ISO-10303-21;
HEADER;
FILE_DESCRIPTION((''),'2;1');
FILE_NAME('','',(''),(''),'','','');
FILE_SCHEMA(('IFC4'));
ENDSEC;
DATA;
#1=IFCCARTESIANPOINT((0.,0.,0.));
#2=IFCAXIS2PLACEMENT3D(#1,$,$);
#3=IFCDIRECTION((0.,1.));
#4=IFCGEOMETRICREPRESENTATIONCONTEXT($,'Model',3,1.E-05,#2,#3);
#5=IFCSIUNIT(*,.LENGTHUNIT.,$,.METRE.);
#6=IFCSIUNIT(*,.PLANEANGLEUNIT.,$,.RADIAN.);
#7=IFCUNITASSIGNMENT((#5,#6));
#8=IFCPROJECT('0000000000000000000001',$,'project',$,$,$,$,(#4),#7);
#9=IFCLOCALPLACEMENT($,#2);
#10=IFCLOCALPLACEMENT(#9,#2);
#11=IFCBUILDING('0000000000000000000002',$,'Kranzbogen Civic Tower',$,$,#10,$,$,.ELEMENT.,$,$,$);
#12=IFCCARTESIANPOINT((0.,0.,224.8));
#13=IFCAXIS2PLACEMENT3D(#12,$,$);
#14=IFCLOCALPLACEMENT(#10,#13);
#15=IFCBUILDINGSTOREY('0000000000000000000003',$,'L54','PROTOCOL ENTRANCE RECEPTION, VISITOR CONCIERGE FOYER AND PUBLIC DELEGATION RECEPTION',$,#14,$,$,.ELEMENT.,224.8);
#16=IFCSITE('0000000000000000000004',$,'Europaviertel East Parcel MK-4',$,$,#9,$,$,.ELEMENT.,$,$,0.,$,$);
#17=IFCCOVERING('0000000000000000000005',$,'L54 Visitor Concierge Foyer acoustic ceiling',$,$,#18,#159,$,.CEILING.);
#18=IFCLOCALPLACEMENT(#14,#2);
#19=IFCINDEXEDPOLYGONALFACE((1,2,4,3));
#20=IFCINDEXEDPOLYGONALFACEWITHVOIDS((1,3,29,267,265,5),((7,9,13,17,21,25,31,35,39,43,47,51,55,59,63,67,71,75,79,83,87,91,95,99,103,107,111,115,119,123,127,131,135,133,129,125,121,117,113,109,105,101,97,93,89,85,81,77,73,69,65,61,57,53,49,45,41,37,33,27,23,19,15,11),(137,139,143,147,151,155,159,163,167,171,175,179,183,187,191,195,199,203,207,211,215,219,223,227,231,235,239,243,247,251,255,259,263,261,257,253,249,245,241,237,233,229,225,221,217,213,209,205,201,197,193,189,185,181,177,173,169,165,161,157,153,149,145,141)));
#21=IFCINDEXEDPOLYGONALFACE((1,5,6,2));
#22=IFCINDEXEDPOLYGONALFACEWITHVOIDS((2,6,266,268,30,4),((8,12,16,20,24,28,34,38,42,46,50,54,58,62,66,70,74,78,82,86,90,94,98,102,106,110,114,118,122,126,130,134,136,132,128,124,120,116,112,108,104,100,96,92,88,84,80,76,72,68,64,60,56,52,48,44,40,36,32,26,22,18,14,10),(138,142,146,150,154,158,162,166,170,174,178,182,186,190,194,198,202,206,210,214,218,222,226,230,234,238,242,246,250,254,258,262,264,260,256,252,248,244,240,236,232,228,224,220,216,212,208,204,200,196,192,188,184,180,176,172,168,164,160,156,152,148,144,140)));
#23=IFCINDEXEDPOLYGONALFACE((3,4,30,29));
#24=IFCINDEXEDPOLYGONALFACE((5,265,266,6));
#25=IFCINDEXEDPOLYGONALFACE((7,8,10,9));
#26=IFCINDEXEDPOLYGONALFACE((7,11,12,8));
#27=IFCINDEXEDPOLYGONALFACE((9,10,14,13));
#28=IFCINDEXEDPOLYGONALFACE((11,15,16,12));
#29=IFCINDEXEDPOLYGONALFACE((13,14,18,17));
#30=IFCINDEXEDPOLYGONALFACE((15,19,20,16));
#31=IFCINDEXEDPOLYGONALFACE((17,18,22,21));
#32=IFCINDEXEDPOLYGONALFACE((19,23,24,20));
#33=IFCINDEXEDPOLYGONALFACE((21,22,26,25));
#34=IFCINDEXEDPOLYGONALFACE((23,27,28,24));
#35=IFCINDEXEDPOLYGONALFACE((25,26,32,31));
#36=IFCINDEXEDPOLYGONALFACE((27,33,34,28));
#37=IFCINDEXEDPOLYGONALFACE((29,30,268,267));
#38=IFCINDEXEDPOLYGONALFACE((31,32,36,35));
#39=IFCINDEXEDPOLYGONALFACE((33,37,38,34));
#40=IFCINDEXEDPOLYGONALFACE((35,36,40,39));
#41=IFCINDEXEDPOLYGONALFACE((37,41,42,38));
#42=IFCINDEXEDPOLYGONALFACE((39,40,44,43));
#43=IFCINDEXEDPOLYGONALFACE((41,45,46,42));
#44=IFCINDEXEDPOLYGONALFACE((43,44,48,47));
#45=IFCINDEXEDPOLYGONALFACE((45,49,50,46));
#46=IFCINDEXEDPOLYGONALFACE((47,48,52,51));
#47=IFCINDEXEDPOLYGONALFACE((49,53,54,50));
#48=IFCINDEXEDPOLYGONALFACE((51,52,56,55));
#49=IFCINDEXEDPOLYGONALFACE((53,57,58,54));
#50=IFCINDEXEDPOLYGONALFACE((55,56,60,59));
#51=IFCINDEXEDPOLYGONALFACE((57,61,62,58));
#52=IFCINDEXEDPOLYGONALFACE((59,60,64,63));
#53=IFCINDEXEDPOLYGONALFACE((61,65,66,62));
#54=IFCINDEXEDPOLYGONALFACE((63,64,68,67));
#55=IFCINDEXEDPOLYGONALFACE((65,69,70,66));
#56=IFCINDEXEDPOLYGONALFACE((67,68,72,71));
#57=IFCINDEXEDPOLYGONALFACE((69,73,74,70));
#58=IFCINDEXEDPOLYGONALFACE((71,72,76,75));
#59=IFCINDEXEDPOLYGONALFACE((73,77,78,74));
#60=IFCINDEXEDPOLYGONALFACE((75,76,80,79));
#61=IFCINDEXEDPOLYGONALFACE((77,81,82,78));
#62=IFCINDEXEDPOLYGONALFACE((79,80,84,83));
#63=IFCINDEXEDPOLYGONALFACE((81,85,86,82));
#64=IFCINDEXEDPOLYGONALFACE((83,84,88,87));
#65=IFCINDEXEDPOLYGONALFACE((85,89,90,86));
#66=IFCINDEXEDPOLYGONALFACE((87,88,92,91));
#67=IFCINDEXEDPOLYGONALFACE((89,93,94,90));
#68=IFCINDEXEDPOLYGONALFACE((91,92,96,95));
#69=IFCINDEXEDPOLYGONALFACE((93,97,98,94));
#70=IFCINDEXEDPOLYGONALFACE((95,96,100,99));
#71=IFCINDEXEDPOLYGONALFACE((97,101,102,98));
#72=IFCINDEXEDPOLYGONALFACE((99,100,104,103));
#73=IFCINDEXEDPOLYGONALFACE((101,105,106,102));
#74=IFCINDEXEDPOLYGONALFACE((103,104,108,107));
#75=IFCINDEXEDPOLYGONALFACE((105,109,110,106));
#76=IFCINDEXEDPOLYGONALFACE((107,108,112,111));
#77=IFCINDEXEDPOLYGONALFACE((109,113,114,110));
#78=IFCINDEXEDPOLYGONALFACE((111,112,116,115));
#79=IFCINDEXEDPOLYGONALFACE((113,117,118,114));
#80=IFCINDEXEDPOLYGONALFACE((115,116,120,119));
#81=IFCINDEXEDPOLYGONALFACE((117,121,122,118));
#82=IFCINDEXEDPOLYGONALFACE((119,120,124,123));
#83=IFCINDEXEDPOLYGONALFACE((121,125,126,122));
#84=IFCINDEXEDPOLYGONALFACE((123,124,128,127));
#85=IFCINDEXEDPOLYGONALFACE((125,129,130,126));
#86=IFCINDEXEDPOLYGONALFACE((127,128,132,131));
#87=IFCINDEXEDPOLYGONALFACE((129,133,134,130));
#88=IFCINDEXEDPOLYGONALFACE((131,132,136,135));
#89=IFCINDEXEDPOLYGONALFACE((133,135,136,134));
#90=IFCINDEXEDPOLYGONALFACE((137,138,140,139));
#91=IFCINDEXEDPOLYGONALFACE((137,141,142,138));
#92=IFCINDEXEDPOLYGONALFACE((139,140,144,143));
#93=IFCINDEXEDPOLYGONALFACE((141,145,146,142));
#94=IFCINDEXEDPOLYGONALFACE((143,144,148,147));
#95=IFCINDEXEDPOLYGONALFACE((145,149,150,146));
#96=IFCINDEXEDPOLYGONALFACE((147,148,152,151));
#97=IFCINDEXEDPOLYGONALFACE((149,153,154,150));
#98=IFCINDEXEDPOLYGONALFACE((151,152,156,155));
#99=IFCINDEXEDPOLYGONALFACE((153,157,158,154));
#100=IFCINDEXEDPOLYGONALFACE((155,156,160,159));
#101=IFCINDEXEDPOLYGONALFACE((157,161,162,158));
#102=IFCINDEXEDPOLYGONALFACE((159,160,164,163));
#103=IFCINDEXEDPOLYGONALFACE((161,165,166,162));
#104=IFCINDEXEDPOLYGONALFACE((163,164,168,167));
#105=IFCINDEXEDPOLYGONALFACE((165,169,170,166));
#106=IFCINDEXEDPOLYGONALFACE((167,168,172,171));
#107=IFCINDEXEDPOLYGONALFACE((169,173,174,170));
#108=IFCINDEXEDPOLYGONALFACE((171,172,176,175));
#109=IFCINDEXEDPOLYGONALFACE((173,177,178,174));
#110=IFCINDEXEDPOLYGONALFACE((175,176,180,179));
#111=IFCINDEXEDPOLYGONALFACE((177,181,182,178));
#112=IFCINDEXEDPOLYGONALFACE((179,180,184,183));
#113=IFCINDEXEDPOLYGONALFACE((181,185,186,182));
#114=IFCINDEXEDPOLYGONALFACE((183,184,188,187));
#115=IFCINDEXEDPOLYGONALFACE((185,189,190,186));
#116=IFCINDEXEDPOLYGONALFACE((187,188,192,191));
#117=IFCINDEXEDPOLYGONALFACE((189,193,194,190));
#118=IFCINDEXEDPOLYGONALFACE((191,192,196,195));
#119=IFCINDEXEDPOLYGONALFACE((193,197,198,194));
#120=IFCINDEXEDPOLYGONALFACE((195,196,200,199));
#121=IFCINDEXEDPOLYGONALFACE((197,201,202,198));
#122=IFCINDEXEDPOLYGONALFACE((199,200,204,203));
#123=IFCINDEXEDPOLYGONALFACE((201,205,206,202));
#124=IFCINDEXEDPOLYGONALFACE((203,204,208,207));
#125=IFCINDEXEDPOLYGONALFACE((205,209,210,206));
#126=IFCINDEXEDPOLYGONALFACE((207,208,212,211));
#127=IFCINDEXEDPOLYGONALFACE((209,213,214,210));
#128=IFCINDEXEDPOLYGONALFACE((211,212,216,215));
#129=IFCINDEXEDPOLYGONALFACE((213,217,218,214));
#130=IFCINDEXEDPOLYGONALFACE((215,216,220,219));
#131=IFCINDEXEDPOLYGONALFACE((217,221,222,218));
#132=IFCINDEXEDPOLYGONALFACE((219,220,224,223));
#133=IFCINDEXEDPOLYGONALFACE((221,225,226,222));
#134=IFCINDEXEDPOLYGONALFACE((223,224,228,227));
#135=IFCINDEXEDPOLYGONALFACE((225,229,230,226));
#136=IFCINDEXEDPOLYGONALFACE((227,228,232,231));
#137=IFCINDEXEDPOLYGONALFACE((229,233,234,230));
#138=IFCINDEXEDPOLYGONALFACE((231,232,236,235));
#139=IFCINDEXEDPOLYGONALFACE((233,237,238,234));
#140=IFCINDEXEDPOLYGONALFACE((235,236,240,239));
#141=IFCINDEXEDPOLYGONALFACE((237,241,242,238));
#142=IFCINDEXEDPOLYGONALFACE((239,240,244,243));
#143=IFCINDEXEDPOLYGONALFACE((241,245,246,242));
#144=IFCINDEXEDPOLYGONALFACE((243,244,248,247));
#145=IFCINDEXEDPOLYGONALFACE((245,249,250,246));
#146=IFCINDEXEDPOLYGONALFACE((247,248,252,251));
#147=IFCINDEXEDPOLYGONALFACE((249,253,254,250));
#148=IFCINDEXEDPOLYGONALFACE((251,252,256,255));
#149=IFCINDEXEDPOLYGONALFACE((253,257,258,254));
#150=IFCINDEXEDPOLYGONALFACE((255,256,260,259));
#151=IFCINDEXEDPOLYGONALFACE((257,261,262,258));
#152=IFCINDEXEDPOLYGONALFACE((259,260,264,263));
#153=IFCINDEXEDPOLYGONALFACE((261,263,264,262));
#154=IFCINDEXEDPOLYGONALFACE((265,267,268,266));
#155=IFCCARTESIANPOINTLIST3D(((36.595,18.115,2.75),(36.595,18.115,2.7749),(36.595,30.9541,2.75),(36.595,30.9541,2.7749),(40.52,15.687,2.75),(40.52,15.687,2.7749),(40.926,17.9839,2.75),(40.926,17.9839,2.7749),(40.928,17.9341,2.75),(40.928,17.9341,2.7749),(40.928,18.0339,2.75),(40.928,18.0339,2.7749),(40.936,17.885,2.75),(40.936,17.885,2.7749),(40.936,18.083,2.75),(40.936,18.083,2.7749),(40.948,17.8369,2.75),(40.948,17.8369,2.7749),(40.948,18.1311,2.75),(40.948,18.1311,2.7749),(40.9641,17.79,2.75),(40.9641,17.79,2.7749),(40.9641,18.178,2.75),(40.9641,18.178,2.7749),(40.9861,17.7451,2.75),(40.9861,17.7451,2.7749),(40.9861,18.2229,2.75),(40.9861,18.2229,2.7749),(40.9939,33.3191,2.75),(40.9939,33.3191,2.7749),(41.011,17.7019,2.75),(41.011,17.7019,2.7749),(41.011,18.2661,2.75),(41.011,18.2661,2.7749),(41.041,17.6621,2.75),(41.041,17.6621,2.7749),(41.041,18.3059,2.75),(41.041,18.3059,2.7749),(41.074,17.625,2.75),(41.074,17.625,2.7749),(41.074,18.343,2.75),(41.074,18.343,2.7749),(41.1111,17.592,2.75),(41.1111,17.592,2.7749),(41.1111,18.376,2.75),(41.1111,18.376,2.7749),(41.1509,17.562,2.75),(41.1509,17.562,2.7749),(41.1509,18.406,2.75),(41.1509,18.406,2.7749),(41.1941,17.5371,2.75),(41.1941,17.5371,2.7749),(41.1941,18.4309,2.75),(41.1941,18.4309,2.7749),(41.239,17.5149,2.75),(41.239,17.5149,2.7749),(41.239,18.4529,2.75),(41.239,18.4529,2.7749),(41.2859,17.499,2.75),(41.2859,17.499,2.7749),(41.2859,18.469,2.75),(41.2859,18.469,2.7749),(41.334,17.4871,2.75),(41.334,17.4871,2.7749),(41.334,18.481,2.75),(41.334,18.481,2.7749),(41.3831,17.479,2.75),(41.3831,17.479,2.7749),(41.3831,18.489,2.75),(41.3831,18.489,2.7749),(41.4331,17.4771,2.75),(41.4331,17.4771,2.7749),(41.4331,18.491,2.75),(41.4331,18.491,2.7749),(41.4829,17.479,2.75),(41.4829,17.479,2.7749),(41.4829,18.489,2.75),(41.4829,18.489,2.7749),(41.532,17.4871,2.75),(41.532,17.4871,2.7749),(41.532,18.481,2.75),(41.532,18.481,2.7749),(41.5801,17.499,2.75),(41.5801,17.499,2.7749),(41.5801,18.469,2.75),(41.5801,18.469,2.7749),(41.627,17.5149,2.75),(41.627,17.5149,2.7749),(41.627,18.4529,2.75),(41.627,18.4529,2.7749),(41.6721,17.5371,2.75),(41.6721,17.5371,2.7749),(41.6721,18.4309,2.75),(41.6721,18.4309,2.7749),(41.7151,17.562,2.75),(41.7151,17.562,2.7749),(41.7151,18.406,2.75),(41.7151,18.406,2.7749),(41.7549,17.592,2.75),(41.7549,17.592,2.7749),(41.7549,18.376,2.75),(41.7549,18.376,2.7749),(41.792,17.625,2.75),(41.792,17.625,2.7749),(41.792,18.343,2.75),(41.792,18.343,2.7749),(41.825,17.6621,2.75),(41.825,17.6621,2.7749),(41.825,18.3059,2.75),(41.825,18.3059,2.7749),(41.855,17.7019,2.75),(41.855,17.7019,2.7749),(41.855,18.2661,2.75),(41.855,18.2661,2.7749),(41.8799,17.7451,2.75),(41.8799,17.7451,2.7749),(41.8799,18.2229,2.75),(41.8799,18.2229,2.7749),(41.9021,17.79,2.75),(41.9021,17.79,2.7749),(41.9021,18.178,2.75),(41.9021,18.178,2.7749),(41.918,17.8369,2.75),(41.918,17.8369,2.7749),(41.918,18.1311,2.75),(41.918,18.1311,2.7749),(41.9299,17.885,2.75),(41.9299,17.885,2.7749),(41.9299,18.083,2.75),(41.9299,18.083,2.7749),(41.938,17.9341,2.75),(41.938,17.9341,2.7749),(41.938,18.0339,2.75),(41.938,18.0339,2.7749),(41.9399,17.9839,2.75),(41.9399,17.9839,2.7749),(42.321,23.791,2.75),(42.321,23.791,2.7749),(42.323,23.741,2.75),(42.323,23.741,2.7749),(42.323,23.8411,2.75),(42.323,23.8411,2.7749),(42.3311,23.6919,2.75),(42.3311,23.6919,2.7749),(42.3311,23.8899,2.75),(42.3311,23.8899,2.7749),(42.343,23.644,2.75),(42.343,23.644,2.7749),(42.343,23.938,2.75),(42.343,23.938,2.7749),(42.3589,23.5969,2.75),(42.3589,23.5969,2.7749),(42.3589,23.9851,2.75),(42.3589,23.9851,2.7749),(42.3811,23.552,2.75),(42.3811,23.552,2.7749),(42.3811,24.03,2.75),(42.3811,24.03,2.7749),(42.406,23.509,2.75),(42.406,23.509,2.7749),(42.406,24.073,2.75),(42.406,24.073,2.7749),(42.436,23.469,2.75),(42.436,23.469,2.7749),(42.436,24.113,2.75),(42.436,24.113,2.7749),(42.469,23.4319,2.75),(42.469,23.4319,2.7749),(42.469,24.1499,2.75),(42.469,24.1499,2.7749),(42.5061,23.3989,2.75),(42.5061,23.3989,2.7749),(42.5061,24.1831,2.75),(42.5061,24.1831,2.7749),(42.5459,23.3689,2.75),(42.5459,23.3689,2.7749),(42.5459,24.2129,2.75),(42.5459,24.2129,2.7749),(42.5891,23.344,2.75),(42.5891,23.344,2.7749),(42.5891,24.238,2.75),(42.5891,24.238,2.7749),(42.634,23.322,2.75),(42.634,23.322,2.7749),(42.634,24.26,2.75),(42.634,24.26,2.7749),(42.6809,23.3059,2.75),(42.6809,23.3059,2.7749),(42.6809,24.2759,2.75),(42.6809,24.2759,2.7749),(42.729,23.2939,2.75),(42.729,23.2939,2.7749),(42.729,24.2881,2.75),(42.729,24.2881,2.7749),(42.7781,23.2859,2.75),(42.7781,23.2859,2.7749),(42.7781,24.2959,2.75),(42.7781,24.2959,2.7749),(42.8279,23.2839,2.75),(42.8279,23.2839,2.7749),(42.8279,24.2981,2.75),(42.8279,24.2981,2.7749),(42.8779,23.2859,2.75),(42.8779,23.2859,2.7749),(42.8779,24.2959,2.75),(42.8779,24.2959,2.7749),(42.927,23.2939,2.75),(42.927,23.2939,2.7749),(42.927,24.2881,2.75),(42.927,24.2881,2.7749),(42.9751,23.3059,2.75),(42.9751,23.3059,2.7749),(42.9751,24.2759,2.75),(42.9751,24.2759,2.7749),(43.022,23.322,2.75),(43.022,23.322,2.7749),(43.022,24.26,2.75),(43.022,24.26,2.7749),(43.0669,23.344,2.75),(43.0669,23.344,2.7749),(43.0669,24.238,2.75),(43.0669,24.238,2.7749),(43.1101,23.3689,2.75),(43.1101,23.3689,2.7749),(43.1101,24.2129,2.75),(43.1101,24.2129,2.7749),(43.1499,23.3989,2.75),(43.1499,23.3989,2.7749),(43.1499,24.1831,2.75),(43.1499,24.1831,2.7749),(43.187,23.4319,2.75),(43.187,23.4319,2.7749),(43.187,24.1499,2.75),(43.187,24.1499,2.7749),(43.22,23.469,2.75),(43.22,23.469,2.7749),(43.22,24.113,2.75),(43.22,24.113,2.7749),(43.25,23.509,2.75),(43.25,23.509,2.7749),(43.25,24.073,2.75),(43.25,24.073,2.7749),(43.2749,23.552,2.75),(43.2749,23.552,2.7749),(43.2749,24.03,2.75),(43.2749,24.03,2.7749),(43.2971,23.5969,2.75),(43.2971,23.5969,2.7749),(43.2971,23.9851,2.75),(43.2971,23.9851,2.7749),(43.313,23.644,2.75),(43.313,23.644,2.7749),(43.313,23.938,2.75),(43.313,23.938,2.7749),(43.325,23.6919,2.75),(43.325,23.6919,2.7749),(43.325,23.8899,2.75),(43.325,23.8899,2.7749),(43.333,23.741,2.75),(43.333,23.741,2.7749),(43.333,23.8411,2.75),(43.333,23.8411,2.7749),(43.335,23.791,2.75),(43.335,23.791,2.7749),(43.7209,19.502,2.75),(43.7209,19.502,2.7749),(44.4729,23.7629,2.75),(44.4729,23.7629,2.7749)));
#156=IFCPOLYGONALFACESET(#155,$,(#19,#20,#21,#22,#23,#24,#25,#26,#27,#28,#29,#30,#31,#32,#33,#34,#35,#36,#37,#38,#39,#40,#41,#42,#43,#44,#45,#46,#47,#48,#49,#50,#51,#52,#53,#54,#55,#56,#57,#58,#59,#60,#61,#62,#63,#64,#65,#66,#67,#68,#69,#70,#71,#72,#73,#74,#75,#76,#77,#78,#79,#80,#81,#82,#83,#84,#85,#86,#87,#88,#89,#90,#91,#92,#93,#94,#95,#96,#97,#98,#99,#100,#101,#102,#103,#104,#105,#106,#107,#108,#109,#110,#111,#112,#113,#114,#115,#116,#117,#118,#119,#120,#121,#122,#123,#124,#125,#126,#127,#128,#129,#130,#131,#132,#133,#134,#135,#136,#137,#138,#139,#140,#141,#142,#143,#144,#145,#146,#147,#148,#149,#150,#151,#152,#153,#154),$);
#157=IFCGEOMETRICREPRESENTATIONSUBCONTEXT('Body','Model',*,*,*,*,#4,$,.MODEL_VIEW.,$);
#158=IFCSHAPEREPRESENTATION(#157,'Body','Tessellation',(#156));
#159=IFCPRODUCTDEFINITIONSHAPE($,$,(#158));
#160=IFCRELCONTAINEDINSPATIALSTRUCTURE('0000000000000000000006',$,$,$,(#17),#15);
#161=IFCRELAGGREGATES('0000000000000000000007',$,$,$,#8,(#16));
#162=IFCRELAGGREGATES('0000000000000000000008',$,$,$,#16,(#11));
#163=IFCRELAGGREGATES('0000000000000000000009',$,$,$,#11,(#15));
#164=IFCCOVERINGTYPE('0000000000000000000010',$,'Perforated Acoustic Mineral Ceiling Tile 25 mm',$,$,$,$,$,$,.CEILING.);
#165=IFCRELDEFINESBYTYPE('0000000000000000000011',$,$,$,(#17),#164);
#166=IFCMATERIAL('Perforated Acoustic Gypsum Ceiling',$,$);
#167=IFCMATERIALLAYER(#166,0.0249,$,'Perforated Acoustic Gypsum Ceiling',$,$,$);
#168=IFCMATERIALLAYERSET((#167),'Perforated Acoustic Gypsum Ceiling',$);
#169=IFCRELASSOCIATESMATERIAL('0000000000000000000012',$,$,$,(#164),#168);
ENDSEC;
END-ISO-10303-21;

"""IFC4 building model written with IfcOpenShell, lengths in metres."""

from ifc_helpers import new_model, si_unit, direction, frame, origin, place, context, subcontext, project, spatial, polyline, outline, extrude, material, layer, layer_set, type_object, element, save


model = new_model("IFC4")

# Units and contexts
model_context = context("Model", 3, precision=1e-05, world=origin(), true_north=direction((0.0, 1.0)))
body_context = subcontext(model_context, "Body", "Model", "MODEL_VIEW")
ifc_project = project(units=[si_unit("LENGTHUNIT", "METRE"), si_unit("PLANEANGLEUNIT", "RADIAN")], contexts=[model_context])

# Site, building, storey
site_placement = place(None, origin())
site = spatial("IfcSite", under=ifc_project, at=site_placement, Name="Europaviertel East Parcel MK-4", CompositionType="ELEMENT", RefElevation=0.0)
building_placement = place(site_placement, origin())
building = spatial("IfcBuilding", under=site, at=building_placement, Name="Kranzbogen Civic Tower", CompositionType="ELEMENT")
storey_placement = place(building_placement, frame((0.0, 0.0, 224.8)))
storey = spatial("IfcBuildingStorey", under=building, at=storey_placement, Name="L54", Description="PROTOCOL ENTRANCE RECEPTION, VISITOR CONCIERGE FOYER AND PUBLIC DELEGATION RECEPTION", CompositionType="ELEMENT", Elevation=224.8)

# Covering
ifc_material_1 = material(Name="Perforated Acoustic Gypsum Ceiling")
ifc_layer_1 = layer(ifc_material_1, 0.0249, Name="Perforated Acoustic Gypsum Ceiling")
ifc_layer_set_1 = layer_set([ifc_layer_1], Name="Perforated Acoustic Gypsum Ceiling")
covering_type_1 = type_object("IfcCoveringType", Name="Perforated Acoustic Mineral Ceiling Tile 25 mm", PredefinedType="CEILING", material=ifc_layer_set_1)
covering_1_placement = place(storey_placement, frame((0.0, 0.0, 2.75)))
element("IfcCovering", 1, at=covering_1_placement, inside=storey, type_object=covering_type_1, Name="L54 Visitor Concierge Foyer acoustic ceiling", PredefinedType="CEILING", context=body_context, shape_type="SweptSolid", body=[
    extrude(outline(polyline([(43.7209, 19.502), (40.52, 15.687), (36.595, 18.115), (36.595, 30.9541), (40.9939, 33.3191), (44.4729, 23.7629), (43.7209, 19.502)]), holes=[polyline([(41.9021, 17.79), (41.8799, 17.7451), (41.855, 17.7019), (41.825, 17.6621), (41.792, 17.625), (41.7549, 17.592), (41.7151, 17.562), (41.6721, 17.5371), (41.627, 17.5149), (41.5801, 17.499), (41.532, 17.4871), (41.4829, 17.479), (41.4331, 17.4771), (41.3831, 17.479), (41.334, 17.4871), (41.2859, 17.499), (41.239, 17.5149), (41.1941, 17.5371), (41.1509, 17.562), (41.1111, 17.592), (41.074, 17.625), (41.041, 17.6621), (41.011, 17.7019), (40.9861, 17.7451), (40.9641, 17.79), (40.948, 17.8369), (40.936, 17.885), (40.928, 17.9341), (40.926, 17.9839), (40.928, 18.0339), (40.936, 18.083), (40.948, 18.1311), (40.9641, 18.178), (40.9861, 18.2229), (41.011, 18.2661), (41.041, 18.3059), (41.074, 18.343), (41.1111, 18.376), (41.1509, 18.406), (41.1941, 18.4309), (41.239, 18.4529), (41.2859, 18.469), (41.334, 18.481), (41.3831, 18.489), (41.4331, 18.491), (41.4829, 18.489), (41.532, 18.481), (41.5801, 18.469), (41.627, 18.4529), (41.6721, 18.4309), (41.7151, 18.406), (41.7549, 18.376), (41.792, 18.343), (41.825, 18.3059), (41.855, 18.2661), (41.8799, 18.2229), (41.9021, 18.178), (41.918, 18.1311), (41.9299, 18.083), (41.938, 18.0339), (41.9399, 17.9839), (41.938, 17.9341), (41.9299, 17.885), (41.918, 17.8369), (41.9021, 17.79)]), polyline([(43.2971, 23.5969), (43.2749, 23.552), (43.25, 23.509), (43.22, 23.469), (43.187, 23.4319), (43.1499, 23.3989), (43.1101, 23.3689), (43.0669, 23.344), (43.022, 23.322), (42.9751, 23.3059), (42.927, 23.2939), (42.8779, 23.2859), (42.8279, 23.2839), (42.7781, 23.2859), (42.729, 23.2939), (42.6809, 23.3059), (42.634, 23.322), (42.5891, 23.344), (42.5459, 23.3689), (42.5061, 23.3989), (42.469, 23.4319), (42.436, 23.469), (42.406, 23.509), (42.3811, 23.552), (42.3589, 23.5969), (42.343, 23.644), (42.3311, 23.6919), (42.323, 23.741), (42.321, 23.791), (42.323, 23.8411), (42.3311, 23.8899), (42.343, 23.938), (42.3589, 23.9851), (42.3811, 24.03), (42.406, 24.073), (42.436, 24.113), (42.469, 24.1499), (42.5061, 24.1831), (42.5459, 24.2129), (42.5891, 24.238), (42.634, 24.26), (42.6809, 24.2759), (42.729, 24.2881), (42.7781, 24.2959), (42.8279, 24.2981), (42.8779, 24.2959), (42.927, 24.2881), (42.9751, 24.2759), (43.022, 24.26), (43.0669, 24.238), (43.1101, 24.2129), (43.1499, 24.1831), (43.187, 24.1499), (43.22, 24.113), (43.25, 24.073), (43.2749, 24.03), (43.2971, 23.9851), (43.313, 23.938), (43.325, 23.8899), (43.333, 23.8411), (43.335, 23.791), (43.333, 23.741), (43.325, 23.6919), (43.313, 23.644), (43.2971, 23.5969)])]), origin(), (0.0, 0.0, 1.0), 0.0249),
])

save(model, "model.ifc")
